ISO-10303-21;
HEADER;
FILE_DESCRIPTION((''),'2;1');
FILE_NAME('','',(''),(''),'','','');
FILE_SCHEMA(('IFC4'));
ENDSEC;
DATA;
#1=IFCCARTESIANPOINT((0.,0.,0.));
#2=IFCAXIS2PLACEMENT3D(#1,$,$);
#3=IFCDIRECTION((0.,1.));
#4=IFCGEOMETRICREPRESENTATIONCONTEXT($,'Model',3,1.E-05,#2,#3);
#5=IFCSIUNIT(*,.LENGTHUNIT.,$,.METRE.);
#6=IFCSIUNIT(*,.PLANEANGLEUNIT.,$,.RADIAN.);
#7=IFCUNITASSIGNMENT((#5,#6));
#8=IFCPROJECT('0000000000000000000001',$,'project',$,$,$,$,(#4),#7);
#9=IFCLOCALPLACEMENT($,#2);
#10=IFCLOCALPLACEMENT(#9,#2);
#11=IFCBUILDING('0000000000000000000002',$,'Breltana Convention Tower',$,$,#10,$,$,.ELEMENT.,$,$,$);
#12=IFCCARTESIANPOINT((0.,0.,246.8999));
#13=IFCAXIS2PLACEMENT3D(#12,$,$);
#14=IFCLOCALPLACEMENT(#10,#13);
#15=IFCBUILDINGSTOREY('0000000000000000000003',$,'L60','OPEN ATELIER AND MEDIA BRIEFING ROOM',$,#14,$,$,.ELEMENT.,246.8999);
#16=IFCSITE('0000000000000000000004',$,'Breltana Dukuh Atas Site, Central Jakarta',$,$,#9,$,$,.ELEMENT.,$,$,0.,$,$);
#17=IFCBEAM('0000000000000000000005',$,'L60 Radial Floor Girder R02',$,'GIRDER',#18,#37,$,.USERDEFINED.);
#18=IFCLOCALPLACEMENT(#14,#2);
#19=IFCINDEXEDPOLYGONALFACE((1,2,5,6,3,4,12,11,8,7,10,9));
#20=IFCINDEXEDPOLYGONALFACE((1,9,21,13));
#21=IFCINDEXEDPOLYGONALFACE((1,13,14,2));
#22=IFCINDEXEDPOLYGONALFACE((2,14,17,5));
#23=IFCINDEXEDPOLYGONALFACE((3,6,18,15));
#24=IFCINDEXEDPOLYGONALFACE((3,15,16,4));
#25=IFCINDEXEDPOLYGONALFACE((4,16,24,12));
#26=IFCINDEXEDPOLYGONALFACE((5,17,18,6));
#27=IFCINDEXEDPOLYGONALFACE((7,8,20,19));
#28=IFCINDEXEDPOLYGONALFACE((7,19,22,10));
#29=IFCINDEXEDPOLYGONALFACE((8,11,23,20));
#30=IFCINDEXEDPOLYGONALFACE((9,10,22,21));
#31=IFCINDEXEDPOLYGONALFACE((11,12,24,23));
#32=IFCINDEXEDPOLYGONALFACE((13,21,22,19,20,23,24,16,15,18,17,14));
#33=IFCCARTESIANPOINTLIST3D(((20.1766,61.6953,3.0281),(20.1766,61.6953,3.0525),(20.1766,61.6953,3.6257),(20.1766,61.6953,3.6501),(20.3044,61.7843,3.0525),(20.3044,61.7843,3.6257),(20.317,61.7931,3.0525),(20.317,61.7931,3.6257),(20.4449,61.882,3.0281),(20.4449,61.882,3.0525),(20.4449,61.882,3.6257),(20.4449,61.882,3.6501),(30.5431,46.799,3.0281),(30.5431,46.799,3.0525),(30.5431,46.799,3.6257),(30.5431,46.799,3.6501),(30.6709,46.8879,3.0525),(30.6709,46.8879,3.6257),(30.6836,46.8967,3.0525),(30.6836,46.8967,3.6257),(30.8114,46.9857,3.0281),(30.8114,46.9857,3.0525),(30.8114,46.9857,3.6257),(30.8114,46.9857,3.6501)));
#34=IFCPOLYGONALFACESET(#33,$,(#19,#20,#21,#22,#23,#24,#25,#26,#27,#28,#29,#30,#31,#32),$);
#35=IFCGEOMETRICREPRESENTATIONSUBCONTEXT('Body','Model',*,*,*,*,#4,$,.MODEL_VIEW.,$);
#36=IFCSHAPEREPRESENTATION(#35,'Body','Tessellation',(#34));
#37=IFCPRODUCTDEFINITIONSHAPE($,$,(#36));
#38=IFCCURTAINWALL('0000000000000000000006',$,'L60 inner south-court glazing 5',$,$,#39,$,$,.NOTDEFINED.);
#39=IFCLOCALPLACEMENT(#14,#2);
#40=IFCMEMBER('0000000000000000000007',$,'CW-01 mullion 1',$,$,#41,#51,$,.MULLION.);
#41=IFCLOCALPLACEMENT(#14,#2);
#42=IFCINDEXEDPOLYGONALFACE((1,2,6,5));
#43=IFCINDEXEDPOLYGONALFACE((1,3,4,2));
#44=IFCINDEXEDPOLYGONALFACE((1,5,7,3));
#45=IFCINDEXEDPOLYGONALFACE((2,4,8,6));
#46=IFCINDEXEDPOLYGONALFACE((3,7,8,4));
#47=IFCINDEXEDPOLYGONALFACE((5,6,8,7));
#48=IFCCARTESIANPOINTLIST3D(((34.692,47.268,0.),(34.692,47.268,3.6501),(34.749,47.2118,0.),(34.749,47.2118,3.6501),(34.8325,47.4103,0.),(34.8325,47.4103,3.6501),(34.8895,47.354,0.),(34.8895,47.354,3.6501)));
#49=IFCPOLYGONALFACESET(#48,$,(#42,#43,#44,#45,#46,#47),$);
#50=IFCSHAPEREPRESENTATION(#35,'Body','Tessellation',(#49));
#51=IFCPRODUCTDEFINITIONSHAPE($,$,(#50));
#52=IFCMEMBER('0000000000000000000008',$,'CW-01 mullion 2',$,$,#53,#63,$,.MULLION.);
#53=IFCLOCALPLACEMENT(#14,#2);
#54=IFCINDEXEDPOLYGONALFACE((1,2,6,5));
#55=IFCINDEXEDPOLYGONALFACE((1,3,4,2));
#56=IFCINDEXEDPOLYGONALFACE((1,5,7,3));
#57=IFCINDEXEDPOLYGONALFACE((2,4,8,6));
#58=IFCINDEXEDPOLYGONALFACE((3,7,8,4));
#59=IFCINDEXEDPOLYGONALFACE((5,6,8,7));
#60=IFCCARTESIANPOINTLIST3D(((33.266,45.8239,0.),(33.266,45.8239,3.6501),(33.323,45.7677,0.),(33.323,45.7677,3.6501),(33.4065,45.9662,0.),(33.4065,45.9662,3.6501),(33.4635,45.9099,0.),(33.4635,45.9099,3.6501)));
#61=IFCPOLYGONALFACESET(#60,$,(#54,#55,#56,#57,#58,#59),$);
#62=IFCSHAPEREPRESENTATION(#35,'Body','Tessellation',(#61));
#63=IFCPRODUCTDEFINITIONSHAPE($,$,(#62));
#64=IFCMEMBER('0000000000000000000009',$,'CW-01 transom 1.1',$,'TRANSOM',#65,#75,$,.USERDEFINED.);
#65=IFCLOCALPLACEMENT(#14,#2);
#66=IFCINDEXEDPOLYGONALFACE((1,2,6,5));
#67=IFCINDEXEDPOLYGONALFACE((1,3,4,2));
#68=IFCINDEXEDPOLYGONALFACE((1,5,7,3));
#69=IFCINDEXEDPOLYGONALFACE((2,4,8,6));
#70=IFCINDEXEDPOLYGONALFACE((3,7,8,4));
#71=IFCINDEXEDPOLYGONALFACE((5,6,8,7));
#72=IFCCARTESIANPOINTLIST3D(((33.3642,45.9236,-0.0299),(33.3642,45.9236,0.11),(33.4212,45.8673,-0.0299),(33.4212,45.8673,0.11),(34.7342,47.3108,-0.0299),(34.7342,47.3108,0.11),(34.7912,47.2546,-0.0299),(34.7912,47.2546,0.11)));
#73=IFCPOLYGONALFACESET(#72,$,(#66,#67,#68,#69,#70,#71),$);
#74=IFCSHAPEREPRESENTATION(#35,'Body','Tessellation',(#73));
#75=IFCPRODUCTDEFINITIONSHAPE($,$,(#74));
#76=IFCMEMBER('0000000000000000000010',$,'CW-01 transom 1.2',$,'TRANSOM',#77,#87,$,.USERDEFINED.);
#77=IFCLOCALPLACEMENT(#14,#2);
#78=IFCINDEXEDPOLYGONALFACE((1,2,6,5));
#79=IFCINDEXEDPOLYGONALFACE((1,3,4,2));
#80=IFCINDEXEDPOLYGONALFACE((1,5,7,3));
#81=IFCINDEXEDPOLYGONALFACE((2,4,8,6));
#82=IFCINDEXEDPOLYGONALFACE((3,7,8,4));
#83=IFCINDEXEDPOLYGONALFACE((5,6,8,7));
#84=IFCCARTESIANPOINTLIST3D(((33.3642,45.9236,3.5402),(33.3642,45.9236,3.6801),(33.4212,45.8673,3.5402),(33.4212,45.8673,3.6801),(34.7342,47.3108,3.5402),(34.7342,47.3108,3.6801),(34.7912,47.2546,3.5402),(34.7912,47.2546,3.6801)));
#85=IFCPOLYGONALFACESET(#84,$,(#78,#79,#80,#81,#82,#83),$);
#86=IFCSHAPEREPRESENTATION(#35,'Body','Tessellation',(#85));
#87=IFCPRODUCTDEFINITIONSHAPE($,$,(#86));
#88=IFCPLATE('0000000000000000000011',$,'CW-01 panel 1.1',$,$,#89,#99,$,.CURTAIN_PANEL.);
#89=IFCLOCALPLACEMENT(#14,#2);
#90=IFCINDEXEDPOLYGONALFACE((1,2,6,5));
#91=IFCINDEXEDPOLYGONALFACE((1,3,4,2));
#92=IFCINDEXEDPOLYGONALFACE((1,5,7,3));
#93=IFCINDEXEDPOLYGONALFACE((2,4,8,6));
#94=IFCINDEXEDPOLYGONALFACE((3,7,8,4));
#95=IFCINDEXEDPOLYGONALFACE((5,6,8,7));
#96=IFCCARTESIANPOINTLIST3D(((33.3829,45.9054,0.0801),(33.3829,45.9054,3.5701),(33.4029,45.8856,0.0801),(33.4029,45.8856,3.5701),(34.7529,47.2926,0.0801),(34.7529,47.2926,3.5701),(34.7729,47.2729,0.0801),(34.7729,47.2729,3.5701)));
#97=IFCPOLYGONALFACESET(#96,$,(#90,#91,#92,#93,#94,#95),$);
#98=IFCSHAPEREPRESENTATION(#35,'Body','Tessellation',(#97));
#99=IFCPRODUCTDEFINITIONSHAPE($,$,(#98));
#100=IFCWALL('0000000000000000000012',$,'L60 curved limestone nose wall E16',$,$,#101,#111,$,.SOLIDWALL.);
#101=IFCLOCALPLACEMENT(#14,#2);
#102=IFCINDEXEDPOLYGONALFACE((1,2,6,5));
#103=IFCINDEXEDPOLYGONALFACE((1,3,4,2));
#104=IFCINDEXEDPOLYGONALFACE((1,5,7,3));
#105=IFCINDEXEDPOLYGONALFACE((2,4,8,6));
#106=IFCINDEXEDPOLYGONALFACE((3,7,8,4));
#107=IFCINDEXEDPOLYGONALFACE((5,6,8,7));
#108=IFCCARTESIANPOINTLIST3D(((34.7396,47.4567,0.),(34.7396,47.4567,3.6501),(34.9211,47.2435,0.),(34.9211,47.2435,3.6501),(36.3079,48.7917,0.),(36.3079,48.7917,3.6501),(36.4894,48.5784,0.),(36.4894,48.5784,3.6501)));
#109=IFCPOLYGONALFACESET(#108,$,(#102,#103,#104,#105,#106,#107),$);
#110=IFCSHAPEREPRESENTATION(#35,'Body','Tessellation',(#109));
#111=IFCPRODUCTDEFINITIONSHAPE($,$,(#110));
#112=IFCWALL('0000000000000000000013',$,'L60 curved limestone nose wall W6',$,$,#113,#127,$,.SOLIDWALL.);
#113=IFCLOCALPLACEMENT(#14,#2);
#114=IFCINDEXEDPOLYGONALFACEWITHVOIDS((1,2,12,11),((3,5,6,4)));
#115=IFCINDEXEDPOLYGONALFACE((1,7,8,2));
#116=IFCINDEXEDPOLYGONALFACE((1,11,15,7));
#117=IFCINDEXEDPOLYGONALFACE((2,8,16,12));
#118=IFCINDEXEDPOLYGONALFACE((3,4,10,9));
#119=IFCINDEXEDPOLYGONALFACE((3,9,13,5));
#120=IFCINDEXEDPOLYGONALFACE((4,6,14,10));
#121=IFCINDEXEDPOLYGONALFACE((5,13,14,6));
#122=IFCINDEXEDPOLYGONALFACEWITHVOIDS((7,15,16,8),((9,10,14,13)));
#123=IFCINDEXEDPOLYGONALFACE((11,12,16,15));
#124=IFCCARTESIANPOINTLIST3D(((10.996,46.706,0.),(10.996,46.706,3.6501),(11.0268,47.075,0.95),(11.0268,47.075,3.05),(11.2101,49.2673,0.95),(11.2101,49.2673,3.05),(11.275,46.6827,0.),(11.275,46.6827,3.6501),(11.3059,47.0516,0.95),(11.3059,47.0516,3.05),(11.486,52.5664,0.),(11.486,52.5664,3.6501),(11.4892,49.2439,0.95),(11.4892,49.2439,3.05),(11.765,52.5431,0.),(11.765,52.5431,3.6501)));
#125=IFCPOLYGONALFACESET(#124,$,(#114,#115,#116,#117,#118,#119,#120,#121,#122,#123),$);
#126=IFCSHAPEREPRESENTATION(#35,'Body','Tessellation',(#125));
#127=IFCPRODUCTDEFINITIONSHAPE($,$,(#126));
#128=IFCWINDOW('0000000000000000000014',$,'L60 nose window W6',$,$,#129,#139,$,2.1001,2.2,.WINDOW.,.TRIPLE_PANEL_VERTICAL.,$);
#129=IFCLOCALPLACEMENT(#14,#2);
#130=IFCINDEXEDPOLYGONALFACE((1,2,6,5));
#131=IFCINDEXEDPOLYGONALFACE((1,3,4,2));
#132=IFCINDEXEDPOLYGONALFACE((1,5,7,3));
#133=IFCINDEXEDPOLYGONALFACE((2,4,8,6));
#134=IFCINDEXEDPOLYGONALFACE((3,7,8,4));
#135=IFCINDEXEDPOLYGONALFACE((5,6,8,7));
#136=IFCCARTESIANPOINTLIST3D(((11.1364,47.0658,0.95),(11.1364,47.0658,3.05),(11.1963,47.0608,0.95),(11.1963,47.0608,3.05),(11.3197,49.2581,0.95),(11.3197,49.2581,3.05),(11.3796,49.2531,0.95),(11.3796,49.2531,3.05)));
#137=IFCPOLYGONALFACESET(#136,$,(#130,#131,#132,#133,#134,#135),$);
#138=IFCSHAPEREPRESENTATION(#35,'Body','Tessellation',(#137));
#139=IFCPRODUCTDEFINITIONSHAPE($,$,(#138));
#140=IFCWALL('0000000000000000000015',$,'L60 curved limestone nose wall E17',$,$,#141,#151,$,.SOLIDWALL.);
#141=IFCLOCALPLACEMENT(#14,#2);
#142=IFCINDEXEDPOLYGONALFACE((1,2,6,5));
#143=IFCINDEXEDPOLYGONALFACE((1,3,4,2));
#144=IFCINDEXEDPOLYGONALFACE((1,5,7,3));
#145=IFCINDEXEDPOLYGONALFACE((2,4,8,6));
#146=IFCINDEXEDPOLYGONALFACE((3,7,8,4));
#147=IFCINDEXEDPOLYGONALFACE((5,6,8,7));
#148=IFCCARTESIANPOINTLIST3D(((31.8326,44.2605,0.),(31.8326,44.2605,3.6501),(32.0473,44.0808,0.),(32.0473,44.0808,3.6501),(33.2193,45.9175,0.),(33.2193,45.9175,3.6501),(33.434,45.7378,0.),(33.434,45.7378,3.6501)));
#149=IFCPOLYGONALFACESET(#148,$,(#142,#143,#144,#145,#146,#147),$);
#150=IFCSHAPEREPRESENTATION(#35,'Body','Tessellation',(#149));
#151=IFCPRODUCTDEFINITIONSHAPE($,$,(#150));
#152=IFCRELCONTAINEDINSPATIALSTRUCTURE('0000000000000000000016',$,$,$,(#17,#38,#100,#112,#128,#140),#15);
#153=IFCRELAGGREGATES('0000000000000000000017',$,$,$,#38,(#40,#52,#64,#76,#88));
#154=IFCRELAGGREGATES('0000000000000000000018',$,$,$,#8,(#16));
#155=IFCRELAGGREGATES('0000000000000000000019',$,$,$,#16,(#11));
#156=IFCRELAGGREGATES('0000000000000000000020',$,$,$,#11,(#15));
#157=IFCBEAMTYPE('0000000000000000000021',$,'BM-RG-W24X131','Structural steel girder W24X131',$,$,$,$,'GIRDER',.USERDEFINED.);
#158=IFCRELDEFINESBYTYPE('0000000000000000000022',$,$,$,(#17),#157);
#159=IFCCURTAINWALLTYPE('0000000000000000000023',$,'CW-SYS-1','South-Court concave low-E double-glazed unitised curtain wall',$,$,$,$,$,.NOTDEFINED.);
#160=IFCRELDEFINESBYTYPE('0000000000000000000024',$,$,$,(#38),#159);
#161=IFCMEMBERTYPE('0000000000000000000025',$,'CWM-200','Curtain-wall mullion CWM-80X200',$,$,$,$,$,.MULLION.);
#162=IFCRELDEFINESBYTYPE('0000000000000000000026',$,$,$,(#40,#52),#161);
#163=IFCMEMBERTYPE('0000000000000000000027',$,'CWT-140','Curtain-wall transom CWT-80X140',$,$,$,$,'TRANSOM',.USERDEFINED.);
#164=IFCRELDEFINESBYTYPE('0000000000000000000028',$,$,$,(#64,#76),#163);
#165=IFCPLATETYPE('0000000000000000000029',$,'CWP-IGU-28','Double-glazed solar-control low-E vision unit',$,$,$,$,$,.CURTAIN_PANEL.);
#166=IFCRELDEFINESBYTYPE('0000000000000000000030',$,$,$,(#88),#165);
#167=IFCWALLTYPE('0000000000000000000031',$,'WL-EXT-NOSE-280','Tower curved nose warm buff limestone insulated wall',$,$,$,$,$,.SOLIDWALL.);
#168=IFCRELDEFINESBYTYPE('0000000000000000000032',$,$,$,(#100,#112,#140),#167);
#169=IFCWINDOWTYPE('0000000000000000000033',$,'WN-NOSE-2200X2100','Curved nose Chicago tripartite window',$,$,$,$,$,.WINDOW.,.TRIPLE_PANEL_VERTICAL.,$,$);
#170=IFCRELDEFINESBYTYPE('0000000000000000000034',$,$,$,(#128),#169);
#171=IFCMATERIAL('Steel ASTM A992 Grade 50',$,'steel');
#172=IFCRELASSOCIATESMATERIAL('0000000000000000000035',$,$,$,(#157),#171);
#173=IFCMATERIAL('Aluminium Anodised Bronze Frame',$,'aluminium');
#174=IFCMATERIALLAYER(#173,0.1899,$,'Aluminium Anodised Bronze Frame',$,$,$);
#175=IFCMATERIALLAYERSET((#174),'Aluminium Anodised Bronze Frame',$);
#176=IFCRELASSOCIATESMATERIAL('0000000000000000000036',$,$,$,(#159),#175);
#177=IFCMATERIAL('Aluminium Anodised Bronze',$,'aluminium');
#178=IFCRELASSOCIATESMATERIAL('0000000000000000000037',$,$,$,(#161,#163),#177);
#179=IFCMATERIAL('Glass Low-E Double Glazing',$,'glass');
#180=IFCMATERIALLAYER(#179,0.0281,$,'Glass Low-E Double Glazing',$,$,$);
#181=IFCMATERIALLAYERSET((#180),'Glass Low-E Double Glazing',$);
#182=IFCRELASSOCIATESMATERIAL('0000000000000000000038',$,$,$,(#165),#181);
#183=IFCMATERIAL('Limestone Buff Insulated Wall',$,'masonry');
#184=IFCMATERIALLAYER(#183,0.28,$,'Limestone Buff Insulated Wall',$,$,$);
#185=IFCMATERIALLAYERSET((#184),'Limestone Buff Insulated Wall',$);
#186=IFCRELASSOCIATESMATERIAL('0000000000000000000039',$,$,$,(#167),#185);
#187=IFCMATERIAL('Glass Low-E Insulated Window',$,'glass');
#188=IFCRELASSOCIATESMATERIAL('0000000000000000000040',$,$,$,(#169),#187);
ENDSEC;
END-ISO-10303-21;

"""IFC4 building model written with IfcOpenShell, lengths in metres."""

from ifc_helpers import new_model, si_unit, direction, frame, frame_2d, origin, origin_2d, place, context, subcontext, project, spatial, rectangle, i_section, extrude, source, transform, mapped, material, layer, layer_set, material_profile, profile_set, type_object, type_shapes, element, fill, aggregate, save


model = new_model("IFC4")

# Units and contexts
model_context = context("Model", 3, precision=1e-05, world=origin(), true_north=direction((0.0, 1.0)))
body_context = subcontext(model_context, "Body", "Model", "MODEL_VIEW")
ifc_project = project(units=[si_unit("LENGTHUNIT", "METRE"), si_unit("PLANEANGLEUNIT", "RADIAN")], contexts=[model_context])

# Site, building, storey
site_placement = place(None, origin())
site = spatial("IfcSite", under=ifc_project, at=site_placement, Name="Breltana Dukuh Atas Site, Central Jakarta", CompositionType="ELEMENT", RefElevation=0.0)
building_placement = place(site_placement, origin())
building = spatial("IfcBuilding", under=site, at=building_placement, Name="Breltana Convention Tower", CompositionType="ELEMENT")
storey_placement = place(building_placement, frame((0.0, 0.0, 246.8999)))
storey = spatial("IfcBuildingStorey", under=building, at=storey_placement, Name="L60", Description="OPEN ATELIER AND MEDIA BRIEFING ROOM", CompositionType="ELEMENT", Elevation=246.8999)

# Shared definitions
ifc_material_1 = material(Name="Steel ASTM A992 Grade 50", Category="steel")

# Beam
ifc_material_profile_1 = material_profile(ifc_material_1, i_section(OverallWidth=0.3269, OverallDepth=0.6221, WebThickness=0.0154, FlangeThickness=0.0244, at=origin_2d()), Name="W24X131")
ifc_profile_set_1 = profile_set([ifc_material_profile_1], Name="Steel ASTM A992 Grade 50")
beam_type_1 = type_object("IfcBeamType", Name="BM-RG-W24X131", Description="Structural steel girder W24X131", ElementType="GIRDER", PredefinedType="USERDEFINED", material=ifc_profile_set_1)
shared_shape_1 = source(origin(), body_context, "Body", "SweptSolid", [
    extrude(i_section(OverallWidth=0.3269, OverallDepth=0.6221, WebThickness=0.0154, FlangeThickness=0.0244, at=origin_2d()), origin(), (0.0, 0.0, 1.0), 18.1484),
])
beam_1_placement = place(storey_placement, frame((30.6772, 46.8923, 3.3391), z_axis=(-0.571208, 0.820806, 0.0), x_axis=(-0.820806, -0.571208, 0.0)))
element("IfcBeam", 1, at=beam_1_placement, inside=storey, type_object=beam_type_1, Name="L60 Radial Floor Girder R02", ObjectType="GIRDER", PredefinedType="USERDEFINED", context=body_context, shape_type="MappedRepresentation", body=[
    mapped(shared_shape_1, transform((0.0, 0.0, 0.0), scale=1.0)),
])

# Curtain wall, members, plate
ifc_material_2 = material(Name="Aluminium Anodised Bronze Frame", Category="aluminium")
ifc_layer_1 = layer(ifc_material_2, 0.1899, Name="Aluminium Anodised Bronze Frame")
ifc_layer_set_1 = layer_set([ifc_layer_1], Name="Aluminium Anodised Bronze Frame")
curtain_wall_type = type_object("IfcCurtainWallType", Name="CW-SYS-1", Description="South-Court concave low-E double-glazed unitised curtain wall", PredefinedType="NOTDEFINED", material=ifc_layer_set_1)
curtain_wall_placement = place(storey_placement, origin())
curtain_wall = element("IfcCurtainWall", 2, at=curtain_wall_placement, inside=storey, type_object=curtain_wall_type, Name="L60 inner south-court glazing 5", PredefinedType="NOTDEFINED")
ifc_material_3 = material(Name="Aluminium Anodised Bronze", Category="aluminium")
ifc_material_profile_2 = material_profile(ifc_material_3, rectangle(XDim=0.0801, YDim=0.2, at=origin_2d()), Name="CWM-80X200")
ifc_profile_set_2 = profile_set([ifc_material_profile_2], Name="Aluminium Anodised Bronze")
member_type_1 = type_object("IfcMemberType", Name="CWM-200", Description="Curtain-wall mullion CWM-80X200", PredefinedType="MULLION", material=ifc_profile_set_2)
shared_shape_2 = source(origin(), body_context, "Body", "SweptSolid", [
    extrude(rectangle(XDim=0.0801, YDim=0.2, at=origin_2d()), origin(), (0.0, 0.0, 1.0), 3.6501),
])
member_1_placement = place(storey_placement, frame((34.7908, 47.311, 0.0), z_axis=(0.0, 0.0, 1.0), x_axis=(0.711501, -0.702685, 0.0)))
member_1 = element("IfcMember", 3, at=member_1_placement, type_object=member_type_1, Name="CW-01 mullion 1", PredefinedType="MULLION", context=body_context, shape_type="MappedRepresentation", body=[
    mapped(shared_shape_2, transform((0.0, 0.0, 0.0), scale=1.0)),
])
member_2_placement = place(storey_placement, frame((33.3647, 45.8669, 0.0), z_axis=(0.0, 0.0, 1.0), x_axis=(0.711501, -0.702685, 0.0)))
member_2 = element("IfcMember", 4, at=member_2_placement, type_object=member_type_1, Name="CW-01 mullion 2", PredefinedType="MULLION", context=body_context, shape_type="MappedRepresentation", body=[
    mapped(shared_shape_2, transform((0.0, 0.0, 0.0), scale=1.0)),
])
ifc_material_profile_3 = material_profile(ifc_material_3, rectangle(XDim=0.0801, YDim=0.1399, at=origin_2d()), Name="CWT-80X140")
ifc_profile_set_3 = profile_set([ifc_material_profile_3], Name="Aluminium Anodised Bronze")
member_type_2 = type_object("IfcMemberType", Name="CWT-140", Description="Curtain-wall transom CWT-80X140", ElementType="TRANSOM", PredefinedType="USERDEFINED", material=ifc_profile_set_3)
shared_shape_3 = source(origin(), body_context, "Body", "SweptSolid", [
    extrude(rectangle(XDim=0.0801, YDim=0.1399, at=origin_2d()), origin(), (0.0, 0.0, 1.0), 1.9497),
])
member_3_placement = place(storey_placement, frame((34.7627, 47.2827, 0.04), z_axis=(-0.702647, -0.711538, 0.0), x_axis=(0.711538, -0.702647, 0.0)))
member_3 = element("IfcMember", 5, at=member_3_placement, type_object=member_type_2, Name="CW-01 transom 1.1", ObjectType="TRANSOM", PredefinedType="USERDEFINED", context=body_context, shape_type="MappedRepresentation", body=[
    mapped(shared_shape_3, transform((0.0, 0.0, 0.0), scale=1.0)),
])
member_4_placement = place(storey_placement, frame((34.7627, 47.2827, 3.6101), z_axis=(-0.702647, -0.711538, 0.0), x_axis=(0.711538, -0.702647, 0.0)))
member_4 = element("IfcMember", 6, at=member_4_placement, type_object=member_type_2, Name="CW-01 transom 1.2", ObjectType="TRANSOM", PredefinedType="USERDEFINED", context=body_context, shape_type="MappedRepresentation", body=[
    mapped(shared_shape_3, transform((0.0, 0.0, 0.0), scale=1.0)),
])
ifc_material_4 = material(Name="Glass Low-E Double Glazing", Category="glass")
ifc_layer_2 = layer(ifc_material_4, 0.0281, Name="Glass Low-E Double Glazing")
ifc_layer_set_2 = layer_set([ifc_layer_2], Name="Glass Low-E Double Glazing")
plate_type = type_object("IfcPlateType", Name="CWP-IGU-28", Description="Double-glazed solar-control low-E vision unit", PredefinedType="CURTAIN_PANEL", material=ifc_layer_set_2)
shared_shape_4 = source(origin(), body_context, "Body", "SweptSolid", [
    extrude(rectangle(XDim=1.9497, YDim=0.0281, at=origin_2d()), origin(), (0.0, 0.0, 1.0), 3.49),
])
plate_placement = place(storey_placement, frame((34.0779, 46.5891, 0.0801), z_axis=(0.0, 0.0, 1.0), x_axis=(-0.702685, -0.711501, 0.0)))
plate = element("IfcPlate", 7, at=plate_placement, type_object=plate_type, Name="CW-01 panel 1.1", PredefinedType="CURTAIN_PANEL", context=body_context, shape_type="MappedRepresentation", body=[
    mapped(shared_shape_4, transform((0.0, 0.0, 0.0), scale=1.0)),
])
aggregate(curtain_wall, [member_1, member_2, member_3, member_4, plate])

# Wall
ifc_material_5 = material(Name="Limestone Buff Insulated Wall", Category="masonry")
ifc_layer_3 = layer(ifc_material_5, 0.28, Name="Limestone Buff Insulated Wall")
ifc_layer_set_3 = layer_set([ifc_layer_3], Name="Limestone Buff Insulated Wall")
wall_type = type_object("IfcWallType", Name="WL-EXT-NOSE-280", Description="Tower curved nose warm buff limestone insulated wall", PredefinedType="SOLIDWALL", material=ifc_layer_set_3)
shared_shape_5 = source(origin(), body_context, "Body", "SweptSolid", [
    extrude(rectangle(XDim=2.0596, YDim=0.28, at=frame_2d((1.0298, 0.0))), origin(), (0.0, 0.0, 1.0), 3.6501),
])
wall_1_placement = place(storey_placement, frame((36.3987, 48.6851, 0.0), z_axis=(0.0, 0.0, 1.0), x_axis=(-0.761495, -0.648171, 0.0)))
element("IfcWall", 8, at=wall_1_placement, inside=storey, type_object=wall_type, Name="L60 curved limestone nose wall E16", PredefinedType="SOLIDWALL", context=body_context, shape_type="MappedRepresentation", body=[
    mapped(shared_shape_5, transform((0.0, 0.0, 0.0), scale=1.0)),
])

# Wall, opening, window
shared_shape_6 = source(origin(), body_context, "Body", "SweptSolid", [
    extrude(rectangle(XDim=5.8809, YDim=0.28, at=frame_2d((2.9404, 0.0))), origin(), (0.0, 0.0, 1.0), 3.6501),
])
wall_2_placement = place(storey_placement, frame((11.1355, 46.6943, 0.0), z_axis=(0.0, 0.0, 1.0), x_axis=(0.08332, 0.996523, 0.0)))
wall_2 = element("IfcWall", 9, at=wall_2_placement, inside=storey, type_object=wall_type, Name="L60 curved limestone nose wall W6", PredefinedType="SOLIDWALL", context=body_context, shape_type="MappedRepresentation", body=[
    mapped(shared_shape_6, transform((0.0, 0.0, 0.0), scale=1.0)),
])
opening_placement = place(wall_2_placement, frame((0.3701, 0.0, 0.95)))
opening = element("IfcOpeningElement", 10, at=opening_placement, cuts=wall_2, PredefinedType="OPENING", context=body_context, shape_type="SweptSolid", body=[
    extrude(rectangle(XDim=2.2, YDim=2.1001, at=frame_2d((1.1001, 1.05))), frame((0.0, 0.1499, 0.0), z_axis=(0.0, -1.0, 0.0), x_axis=(1.0, 0.0, 0.0)), (0.0, 0.0, 1.0), 0.3),
])
ifc_material_6 = material(Name="Glass Low-E Insulated Window", Category="glass")
window_type = type_object("IfcWindowType", Name="WN-NOSE-2200X2100", Description="Curved nose Chicago tripartite window", PartitioningType="TRIPLE_PANEL_VERTICAL", PredefinedType="WINDOW", material=ifc_material_6)
shared_shape_7 = source(origin(), body_context, "Body", "SweptSolid", [
    extrude(rectangle(XDim=2.2, YDim=2.1001, at=frame_2d((1.1001, 1.05))), frame((0.0, 0.03, 0.0), z_axis=(0.0, -1.0, 0.0), x_axis=(1.0, 0.0, 0.0)), (0.0, 0.0, 1.0), 0.0601),
])
type_shapes(window_type, [shared_shape_7])
window_placement = place(opening_placement, origin())
window = element("IfcWindow", 11, at=window_placement, inside=storey, type_object=window_type, Name="L60 nose window W6", OverallHeight=2.1001, OverallWidth=2.2, PartitioningType="TRIPLE_PANEL_VERTICAL", PredefinedType="WINDOW", context=body_context, shape_type="MappedRepresentation", body=[
    mapped(shared_shape_7, transform((0.0, 0.0, 0.0), scale=1.0)),
])
fill(opening, window)

# Wall
shared_shape_8 = source(origin(), body_context, "Body", "SweptSolid", [
    extrude(rectangle(XDim=2.1606, YDim=0.28, at=frame_2d((1.0803, 0.0))), origin(), (0.0, 0.0, 1.0), 3.6501),
])
wall_3_placement = place(storey_placement, frame((33.3267, 45.8276, 0.0), z_axis=(0.0, 0.0, 1.0), x_axis=(-0.641795, -0.766877, 0.0)))
element("IfcWall", 12, at=wall_3_placement, inside=storey, type_object=wall_type, Name="L60 curved limestone nose wall E17", PredefinedType="SOLIDWALL", context=body_context, shape_type="MappedRepresentation", body=[
    mapped(shared_shape_8, transform((0.0, 0.0, 0.0), scale=1.0)),
])

save(model, "model.ifc")
